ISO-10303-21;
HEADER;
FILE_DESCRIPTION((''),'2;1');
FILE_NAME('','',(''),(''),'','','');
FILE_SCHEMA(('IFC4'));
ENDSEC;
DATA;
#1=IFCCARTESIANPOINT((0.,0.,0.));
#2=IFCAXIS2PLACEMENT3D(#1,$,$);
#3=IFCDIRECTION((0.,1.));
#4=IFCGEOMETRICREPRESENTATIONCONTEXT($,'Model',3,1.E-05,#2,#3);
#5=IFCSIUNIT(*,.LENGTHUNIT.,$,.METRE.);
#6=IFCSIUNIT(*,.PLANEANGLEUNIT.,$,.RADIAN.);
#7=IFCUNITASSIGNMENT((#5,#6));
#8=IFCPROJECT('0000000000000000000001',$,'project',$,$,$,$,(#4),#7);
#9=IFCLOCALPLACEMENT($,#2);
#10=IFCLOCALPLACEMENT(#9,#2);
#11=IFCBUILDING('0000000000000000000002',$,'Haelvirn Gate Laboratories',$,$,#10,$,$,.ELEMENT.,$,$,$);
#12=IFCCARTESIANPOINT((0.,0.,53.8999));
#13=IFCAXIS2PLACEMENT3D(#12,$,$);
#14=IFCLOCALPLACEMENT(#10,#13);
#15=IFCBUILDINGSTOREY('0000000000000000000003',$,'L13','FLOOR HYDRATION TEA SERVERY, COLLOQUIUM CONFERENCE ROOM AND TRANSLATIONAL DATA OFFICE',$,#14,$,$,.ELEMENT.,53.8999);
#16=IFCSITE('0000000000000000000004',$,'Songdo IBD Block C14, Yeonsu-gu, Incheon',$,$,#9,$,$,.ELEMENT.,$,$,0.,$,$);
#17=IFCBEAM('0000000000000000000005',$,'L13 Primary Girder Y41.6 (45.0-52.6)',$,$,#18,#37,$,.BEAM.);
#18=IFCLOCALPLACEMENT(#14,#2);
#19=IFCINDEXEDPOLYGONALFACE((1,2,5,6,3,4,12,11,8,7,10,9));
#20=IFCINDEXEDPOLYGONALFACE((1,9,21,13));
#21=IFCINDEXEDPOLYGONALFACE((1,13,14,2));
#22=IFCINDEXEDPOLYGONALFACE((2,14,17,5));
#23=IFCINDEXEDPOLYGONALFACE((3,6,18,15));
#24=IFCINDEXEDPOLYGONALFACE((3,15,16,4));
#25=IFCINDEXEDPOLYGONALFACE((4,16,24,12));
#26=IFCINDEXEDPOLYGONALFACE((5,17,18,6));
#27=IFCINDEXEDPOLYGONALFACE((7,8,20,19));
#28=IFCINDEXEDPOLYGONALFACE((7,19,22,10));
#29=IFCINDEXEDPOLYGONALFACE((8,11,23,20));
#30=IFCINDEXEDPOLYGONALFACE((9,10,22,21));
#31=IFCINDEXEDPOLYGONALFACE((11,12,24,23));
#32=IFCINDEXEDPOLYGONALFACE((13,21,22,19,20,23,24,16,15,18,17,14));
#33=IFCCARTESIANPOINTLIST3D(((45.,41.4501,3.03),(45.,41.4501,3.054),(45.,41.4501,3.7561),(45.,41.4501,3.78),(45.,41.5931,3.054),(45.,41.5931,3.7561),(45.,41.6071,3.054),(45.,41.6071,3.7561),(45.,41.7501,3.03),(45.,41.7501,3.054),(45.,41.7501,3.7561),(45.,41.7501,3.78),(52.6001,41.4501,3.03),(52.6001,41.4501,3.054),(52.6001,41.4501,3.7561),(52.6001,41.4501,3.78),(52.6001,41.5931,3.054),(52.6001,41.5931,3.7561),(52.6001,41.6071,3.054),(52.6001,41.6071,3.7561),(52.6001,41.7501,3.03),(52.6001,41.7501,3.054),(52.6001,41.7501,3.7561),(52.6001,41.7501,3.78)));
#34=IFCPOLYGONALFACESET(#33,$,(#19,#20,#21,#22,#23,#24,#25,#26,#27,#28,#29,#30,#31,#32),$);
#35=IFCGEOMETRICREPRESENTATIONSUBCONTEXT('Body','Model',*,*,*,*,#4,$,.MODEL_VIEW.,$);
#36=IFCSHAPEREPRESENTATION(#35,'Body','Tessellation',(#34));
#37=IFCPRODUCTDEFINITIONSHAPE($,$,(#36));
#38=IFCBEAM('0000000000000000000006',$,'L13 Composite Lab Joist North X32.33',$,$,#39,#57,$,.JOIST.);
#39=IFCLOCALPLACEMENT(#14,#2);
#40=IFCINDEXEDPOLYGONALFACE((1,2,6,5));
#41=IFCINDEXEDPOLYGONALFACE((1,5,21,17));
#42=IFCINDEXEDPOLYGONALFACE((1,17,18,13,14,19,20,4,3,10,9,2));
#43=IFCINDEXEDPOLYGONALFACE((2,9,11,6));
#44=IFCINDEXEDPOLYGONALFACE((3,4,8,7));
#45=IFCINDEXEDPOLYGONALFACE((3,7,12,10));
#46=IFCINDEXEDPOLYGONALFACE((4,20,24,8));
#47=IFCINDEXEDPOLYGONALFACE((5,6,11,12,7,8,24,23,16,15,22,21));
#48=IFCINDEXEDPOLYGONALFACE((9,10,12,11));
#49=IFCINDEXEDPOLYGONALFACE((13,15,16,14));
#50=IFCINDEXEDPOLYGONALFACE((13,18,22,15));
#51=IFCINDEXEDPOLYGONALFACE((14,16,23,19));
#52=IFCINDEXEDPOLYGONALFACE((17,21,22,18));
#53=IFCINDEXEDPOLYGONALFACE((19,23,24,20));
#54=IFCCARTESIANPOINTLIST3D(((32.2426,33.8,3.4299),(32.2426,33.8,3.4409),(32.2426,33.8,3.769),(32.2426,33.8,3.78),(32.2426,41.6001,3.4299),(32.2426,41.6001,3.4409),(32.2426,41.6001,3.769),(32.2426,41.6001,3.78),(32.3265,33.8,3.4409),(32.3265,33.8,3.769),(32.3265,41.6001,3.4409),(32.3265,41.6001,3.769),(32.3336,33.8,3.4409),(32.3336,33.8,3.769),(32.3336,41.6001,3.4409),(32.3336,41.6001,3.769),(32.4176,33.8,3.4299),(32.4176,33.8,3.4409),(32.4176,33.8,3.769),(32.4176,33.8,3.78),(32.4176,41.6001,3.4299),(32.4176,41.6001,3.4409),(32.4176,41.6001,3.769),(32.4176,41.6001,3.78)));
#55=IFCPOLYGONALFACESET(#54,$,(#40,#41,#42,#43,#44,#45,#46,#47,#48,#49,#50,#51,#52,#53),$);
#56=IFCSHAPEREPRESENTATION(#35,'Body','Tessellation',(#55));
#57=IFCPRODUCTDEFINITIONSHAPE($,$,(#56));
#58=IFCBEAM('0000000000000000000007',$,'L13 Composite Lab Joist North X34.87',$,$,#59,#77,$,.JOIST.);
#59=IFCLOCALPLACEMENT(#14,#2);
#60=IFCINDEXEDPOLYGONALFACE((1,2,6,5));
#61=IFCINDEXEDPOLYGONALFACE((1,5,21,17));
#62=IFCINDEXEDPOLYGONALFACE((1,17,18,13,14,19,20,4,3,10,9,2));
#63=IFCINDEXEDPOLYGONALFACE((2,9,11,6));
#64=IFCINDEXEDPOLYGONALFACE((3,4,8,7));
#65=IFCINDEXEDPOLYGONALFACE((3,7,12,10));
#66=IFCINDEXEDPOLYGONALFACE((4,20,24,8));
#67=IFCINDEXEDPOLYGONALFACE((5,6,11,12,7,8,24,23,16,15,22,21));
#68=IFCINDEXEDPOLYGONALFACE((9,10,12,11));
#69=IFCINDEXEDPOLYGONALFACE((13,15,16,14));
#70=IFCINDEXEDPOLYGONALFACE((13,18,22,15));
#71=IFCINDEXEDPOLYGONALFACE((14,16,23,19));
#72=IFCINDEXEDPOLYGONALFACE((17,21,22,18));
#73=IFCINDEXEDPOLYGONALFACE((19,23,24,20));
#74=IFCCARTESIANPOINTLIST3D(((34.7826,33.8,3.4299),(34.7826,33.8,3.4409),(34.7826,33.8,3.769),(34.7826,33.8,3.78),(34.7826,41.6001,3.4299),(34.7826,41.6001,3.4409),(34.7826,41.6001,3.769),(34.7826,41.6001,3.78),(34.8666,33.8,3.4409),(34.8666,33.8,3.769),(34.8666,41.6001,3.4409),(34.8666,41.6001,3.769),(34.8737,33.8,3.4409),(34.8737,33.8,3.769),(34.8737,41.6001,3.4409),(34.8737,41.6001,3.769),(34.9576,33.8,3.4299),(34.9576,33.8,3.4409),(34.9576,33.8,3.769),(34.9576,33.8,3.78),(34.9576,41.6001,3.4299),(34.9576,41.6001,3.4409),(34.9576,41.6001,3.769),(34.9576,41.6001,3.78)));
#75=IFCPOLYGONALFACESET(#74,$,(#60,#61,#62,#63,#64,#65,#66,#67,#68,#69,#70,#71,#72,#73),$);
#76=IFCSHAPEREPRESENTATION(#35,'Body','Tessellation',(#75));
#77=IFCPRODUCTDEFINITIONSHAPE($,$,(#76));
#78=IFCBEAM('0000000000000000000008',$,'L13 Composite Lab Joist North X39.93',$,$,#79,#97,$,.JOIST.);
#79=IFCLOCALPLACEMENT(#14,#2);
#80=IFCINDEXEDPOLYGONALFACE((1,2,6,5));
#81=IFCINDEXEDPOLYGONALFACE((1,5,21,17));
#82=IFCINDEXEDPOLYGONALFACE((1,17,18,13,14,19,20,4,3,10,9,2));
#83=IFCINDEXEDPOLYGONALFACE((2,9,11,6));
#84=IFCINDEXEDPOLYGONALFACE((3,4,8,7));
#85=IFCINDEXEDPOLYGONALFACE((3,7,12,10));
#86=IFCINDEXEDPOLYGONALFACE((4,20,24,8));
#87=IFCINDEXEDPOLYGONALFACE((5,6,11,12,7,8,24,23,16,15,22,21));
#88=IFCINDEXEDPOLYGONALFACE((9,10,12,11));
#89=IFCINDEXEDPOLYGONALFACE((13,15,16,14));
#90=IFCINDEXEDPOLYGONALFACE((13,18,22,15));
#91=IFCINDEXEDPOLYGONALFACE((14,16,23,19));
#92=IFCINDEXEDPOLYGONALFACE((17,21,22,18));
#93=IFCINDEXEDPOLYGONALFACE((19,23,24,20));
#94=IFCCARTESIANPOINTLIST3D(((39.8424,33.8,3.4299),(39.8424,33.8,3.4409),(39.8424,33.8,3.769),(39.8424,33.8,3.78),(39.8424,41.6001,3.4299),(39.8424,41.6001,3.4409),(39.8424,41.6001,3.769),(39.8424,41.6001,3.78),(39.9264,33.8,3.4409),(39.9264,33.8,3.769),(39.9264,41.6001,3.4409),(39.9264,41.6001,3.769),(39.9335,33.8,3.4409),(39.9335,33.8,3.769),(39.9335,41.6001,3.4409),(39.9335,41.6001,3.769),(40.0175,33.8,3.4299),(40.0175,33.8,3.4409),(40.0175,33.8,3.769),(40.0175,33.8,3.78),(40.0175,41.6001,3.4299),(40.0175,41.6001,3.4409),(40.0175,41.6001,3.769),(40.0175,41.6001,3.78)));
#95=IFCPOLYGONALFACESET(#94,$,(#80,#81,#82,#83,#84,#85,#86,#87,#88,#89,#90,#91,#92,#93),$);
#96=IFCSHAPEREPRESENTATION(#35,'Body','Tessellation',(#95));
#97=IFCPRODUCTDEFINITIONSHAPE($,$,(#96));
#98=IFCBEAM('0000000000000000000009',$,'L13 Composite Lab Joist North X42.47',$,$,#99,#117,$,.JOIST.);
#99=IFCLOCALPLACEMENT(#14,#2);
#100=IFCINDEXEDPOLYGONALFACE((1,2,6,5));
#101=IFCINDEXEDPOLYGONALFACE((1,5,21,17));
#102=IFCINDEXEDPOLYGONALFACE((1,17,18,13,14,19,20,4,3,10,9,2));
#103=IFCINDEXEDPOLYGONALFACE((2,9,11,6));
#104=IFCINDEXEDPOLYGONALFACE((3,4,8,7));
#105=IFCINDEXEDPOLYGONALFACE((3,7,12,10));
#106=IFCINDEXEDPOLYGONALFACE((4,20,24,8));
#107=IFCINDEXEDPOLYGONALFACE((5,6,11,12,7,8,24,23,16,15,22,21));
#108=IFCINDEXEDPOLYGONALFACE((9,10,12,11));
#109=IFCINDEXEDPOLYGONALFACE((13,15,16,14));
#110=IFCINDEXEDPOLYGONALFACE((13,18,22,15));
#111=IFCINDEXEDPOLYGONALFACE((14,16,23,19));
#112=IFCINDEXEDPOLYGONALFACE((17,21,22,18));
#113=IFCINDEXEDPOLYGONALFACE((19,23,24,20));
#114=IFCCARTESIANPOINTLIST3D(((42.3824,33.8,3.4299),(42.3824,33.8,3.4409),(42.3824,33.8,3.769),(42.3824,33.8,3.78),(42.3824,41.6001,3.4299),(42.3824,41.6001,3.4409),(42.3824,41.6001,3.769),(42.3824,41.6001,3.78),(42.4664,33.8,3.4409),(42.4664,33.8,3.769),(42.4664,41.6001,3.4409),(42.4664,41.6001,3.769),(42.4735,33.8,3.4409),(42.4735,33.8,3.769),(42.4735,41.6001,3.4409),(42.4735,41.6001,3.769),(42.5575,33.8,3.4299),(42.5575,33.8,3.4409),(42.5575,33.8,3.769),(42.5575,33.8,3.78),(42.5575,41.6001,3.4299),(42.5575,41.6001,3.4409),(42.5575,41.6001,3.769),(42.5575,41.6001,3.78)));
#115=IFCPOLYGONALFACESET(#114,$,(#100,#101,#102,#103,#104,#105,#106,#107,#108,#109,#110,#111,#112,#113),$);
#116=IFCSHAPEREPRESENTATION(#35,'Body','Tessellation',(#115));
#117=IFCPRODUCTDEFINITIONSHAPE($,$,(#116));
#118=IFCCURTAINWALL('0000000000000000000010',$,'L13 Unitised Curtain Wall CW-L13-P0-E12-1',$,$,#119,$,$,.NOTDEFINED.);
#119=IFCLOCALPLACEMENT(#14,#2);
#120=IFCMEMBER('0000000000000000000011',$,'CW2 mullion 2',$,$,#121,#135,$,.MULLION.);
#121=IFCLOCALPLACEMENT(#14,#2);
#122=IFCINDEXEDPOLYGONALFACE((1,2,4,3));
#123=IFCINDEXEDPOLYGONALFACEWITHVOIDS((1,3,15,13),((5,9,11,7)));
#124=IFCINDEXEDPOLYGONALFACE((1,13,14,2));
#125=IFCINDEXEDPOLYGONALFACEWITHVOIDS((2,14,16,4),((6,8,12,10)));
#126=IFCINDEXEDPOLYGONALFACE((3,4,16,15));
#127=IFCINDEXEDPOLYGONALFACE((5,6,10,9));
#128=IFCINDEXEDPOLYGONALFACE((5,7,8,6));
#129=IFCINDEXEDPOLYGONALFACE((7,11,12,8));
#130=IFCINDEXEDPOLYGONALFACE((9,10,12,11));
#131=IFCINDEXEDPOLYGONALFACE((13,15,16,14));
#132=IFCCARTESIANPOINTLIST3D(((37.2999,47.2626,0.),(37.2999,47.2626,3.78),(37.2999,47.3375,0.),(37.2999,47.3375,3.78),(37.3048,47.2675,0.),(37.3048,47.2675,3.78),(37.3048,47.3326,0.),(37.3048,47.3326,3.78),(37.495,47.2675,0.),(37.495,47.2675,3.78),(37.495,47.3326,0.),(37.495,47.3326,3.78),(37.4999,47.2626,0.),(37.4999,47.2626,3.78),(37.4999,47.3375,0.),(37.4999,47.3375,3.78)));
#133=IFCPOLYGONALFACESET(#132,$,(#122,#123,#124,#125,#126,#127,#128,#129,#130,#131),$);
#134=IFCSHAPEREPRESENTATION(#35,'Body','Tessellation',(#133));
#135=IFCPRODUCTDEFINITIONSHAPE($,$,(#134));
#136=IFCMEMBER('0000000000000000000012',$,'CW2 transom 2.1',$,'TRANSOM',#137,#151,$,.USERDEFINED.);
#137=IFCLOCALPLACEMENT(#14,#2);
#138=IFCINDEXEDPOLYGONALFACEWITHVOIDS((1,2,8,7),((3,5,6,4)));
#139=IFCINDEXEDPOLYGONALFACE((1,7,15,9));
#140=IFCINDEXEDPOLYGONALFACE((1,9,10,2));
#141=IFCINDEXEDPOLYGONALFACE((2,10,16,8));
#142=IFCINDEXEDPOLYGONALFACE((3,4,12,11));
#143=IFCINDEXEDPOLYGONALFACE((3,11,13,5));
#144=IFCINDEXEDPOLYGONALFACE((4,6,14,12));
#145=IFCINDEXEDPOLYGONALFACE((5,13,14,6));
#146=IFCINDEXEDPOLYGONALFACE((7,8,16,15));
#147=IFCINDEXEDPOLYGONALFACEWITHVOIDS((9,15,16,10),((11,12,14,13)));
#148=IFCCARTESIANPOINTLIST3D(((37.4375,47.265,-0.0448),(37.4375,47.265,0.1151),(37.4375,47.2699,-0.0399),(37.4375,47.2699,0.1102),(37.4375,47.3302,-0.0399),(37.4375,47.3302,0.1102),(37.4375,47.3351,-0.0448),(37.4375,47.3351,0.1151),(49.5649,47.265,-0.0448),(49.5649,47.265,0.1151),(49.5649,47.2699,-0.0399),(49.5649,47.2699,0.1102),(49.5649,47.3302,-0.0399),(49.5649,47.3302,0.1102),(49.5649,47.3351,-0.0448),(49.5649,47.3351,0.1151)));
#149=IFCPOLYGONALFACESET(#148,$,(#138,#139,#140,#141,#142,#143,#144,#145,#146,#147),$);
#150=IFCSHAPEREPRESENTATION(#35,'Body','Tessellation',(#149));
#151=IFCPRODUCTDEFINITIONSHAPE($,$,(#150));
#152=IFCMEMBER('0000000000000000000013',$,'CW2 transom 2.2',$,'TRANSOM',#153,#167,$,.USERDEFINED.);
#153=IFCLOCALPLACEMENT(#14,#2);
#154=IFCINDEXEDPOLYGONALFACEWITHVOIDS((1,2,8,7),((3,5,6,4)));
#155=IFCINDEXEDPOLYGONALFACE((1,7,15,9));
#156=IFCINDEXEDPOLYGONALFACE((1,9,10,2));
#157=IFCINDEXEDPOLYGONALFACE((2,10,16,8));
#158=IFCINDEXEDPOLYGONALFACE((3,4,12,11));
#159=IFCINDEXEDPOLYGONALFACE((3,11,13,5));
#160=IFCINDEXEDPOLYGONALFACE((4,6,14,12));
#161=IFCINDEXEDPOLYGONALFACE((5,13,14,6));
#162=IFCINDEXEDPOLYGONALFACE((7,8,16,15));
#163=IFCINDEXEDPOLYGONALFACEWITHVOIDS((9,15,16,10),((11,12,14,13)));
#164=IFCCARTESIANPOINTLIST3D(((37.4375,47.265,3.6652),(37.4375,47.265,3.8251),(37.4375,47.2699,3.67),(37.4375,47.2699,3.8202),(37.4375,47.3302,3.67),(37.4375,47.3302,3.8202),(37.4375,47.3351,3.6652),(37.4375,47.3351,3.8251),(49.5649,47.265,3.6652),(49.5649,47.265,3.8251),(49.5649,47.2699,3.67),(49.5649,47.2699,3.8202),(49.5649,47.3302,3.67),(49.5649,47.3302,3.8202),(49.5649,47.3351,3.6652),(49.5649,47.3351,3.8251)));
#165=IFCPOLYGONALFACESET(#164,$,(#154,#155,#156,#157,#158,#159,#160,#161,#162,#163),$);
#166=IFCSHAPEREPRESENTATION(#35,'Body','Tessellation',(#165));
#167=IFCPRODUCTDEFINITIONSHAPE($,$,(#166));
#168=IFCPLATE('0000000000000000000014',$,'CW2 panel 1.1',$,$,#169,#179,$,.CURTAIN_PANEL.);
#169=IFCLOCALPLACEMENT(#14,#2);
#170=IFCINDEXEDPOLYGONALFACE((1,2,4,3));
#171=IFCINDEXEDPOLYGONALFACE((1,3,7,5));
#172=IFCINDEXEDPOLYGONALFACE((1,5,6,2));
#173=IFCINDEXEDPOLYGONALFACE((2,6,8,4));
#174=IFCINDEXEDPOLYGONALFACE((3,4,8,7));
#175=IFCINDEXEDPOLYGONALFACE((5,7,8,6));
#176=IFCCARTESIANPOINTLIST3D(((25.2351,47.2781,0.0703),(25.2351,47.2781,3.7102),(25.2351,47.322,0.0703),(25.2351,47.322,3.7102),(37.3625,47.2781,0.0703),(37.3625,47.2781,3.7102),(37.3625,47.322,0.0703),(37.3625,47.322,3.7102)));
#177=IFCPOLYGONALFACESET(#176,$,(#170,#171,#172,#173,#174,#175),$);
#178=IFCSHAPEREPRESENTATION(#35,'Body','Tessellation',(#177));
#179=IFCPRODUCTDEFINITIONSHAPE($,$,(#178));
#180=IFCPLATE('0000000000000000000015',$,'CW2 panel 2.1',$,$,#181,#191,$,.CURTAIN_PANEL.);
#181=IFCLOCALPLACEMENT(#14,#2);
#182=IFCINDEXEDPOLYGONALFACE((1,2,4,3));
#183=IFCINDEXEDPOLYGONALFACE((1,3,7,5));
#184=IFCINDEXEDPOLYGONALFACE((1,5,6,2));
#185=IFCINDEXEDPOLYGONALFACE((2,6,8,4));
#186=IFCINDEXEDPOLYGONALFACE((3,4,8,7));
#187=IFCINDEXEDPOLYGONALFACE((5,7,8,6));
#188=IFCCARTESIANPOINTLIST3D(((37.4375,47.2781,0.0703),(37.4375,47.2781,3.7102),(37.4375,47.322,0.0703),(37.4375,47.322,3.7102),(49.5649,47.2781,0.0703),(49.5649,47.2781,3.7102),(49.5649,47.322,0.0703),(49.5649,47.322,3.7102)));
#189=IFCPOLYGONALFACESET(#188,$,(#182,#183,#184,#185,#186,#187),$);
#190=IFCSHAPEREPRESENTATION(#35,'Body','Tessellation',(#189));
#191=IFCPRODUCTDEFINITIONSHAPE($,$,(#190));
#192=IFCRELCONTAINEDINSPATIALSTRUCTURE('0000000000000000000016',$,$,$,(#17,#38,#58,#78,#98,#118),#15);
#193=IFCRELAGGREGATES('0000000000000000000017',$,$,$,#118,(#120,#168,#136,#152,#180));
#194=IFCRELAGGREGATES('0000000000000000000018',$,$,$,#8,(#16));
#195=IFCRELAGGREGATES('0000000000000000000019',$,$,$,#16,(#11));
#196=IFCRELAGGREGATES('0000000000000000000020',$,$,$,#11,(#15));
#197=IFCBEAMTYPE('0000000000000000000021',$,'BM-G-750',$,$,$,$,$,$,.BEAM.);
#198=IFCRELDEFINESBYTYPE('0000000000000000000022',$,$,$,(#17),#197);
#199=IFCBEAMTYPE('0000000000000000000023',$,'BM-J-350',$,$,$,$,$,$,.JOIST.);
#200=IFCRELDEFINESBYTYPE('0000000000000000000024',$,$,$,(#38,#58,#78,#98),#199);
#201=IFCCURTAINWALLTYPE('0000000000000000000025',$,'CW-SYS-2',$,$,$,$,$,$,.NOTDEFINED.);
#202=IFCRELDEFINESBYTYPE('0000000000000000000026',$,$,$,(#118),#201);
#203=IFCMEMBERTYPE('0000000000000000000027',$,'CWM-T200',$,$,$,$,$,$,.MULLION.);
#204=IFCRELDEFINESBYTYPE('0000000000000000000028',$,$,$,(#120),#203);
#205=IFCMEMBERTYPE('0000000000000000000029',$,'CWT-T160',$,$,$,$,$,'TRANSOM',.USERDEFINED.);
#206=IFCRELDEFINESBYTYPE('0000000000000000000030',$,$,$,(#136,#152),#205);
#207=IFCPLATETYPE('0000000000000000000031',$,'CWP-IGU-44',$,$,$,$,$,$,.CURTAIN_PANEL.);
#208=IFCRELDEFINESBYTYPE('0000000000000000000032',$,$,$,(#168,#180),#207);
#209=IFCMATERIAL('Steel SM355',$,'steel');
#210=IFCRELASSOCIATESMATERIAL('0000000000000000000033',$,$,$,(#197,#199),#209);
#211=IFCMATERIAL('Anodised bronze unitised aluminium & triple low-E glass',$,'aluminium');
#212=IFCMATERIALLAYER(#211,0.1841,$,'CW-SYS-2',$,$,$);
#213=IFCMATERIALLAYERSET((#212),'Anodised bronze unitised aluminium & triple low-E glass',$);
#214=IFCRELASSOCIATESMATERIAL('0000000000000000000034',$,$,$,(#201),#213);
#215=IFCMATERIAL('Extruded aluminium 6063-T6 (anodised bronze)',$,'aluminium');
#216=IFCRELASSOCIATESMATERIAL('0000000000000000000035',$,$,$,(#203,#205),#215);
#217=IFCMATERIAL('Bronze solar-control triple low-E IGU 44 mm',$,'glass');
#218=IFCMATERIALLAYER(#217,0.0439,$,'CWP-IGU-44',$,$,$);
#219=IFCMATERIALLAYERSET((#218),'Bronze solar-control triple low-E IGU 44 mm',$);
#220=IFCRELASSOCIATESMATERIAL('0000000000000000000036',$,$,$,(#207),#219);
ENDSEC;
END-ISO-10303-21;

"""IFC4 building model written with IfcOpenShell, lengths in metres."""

from ifc_helpers import new_model, si_unit, direction, frame, origin, origin_2d, place, context, subcontext, project, spatial, rectangle, hollow_rectangle, i_section, extrude, source, transform, mapped, material, layer, layer_set, material_profile, profile_set, type_object, type_shapes, element, aggregate, save


model = new_model("IFC4")

# Units and contexts
model_context = context("Model", 3, precision=1e-05, world=origin(), true_north=direction((0.0, 1.0)))
body_context = subcontext(model_context, "Body", "Model", "MODEL_VIEW")
ifc_project = project(units=[si_unit("LENGTHUNIT", "METRE"), si_unit("PLANEANGLEUNIT", "RADIAN")], contexts=[model_context])

# Site, building, storey
site_placement = place(None, origin())
site = spatial("IfcSite", under=ifc_project, at=site_placement, Name="Songdo IBD Block C14, Yeonsu-gu, Incheon", CompositionType="ELEMENT", RefElevation=0.0)
building_placement = place(site_placement, origin())
building = spatial("IfcBuilding", under=site, at=building_placement, Name="Haelvirn Gate Laboratories", CompositionType="ELEMENT")
storey_placement = place(building_placement, frame((0.0, 0.0, 53.8999)))
storey = spatial("IfcBuildingStorey", under=building, at=storey_placement, Name="L13", Description="FLOOR HYDRATION TEA SERVERY, COLLOQUIUM CONFERENCE ROOM AND TRANSLATIONAL DATA OFFICE", CompositionType="ELEMENT", Elevation=53.8999)

# Beams
ifc_material_1 = material(Name="Steel SM355", Category="steel")
ifc_material_profile_1 = material_profile(ifc_material_1, i_section(OverallWidth=0.3, OverallDepth=0.75, WebThickness=0.0139, FlangeThickness=0.0239, at=origin_2d()), Name="H-750x300x14x24")
ifc_profile_set_1 = profile_set([ifc_material_profile_1], Name="Steel SM355")
beam_type_1 = type_object("IfcBeamType", Name="BM-G-750", PredefinedType="BEAM", material=ifc_profile_set_1)
shared_shape_1 = source(origin(), body_context, "Body", "SweptSolid", [
    extrude(i_section(OverallWidth=0.3, OverallDepth=0.75, WebThickness=0.0139, FlangeThickness=0.0239, at=origin_2d()), origin(), (0.0, 0.0, 1.0), 7.6001),
])
type_shapes(beam_type_1, [shared_shape_1])
for number, where, z_axis, x_axis, name in (
    (1, (45.0, 41.6001, 3.405), (1.0, 0.0, 0.0), (0.0, 1.0, 0.0), "L13 Primary Girder Y41.6 (45.0-52.6)"),
):
    element("IfcBeam", number, at=place(storey_placement, frame(where, z_axis=z_axis, x_axis=x_axis)), inside=storey, type_object=beam_type_1, Name=name, PredefinedType="BEAM", context=body_context, shape_type="MappedRepresentation", body=[
        mapped(shared_shape_1, transform((0.0, 0.0, 0.0), scale=1.0)),
    ])
ifc_material_profile_2 = material_profile(ifc_material_1, i_section(OverallWidth=0.175, OverallDepth=0.3501, WebThickness=0.0071, FlangeThickness=0.011, at=origin_2d()), Name="H-350x175x7x11")
ifc_profile_set_2 = profile_set([ifc_material_profile_2], Name="Steel SM355")
beam_type_2 = type_object("IfcBeamType", Name="BM-J-350", PredefinedType="JOIST", material=ifc_profile_set_2)
shared_shape_2 = source(origin(), body_context, "Body", "SweptSolid", [
    extrude(i_section(OverallWidth=0.175, OverallDepth=0.3501, WebThickness=0.0071, FlangeThickness=0.011, at=origin_2d()), origin(), (0.0, 0.0, 1.0), 7.8),
])
type_shapes(beam_type_2, [shared_shape_2])
for number, where, z_axis, x_axis, name in (
    (2, (32.3301, 33.8, 3.605), (0.0, 1.0, 0.0), (-1.0, 0.0, 0.0), "L13 Composite Lab Joist North X32.33"),
    (3, (34.8701, 33.8, 3.605), (0.0, 1.0, 0.0), (-1.0, 0.0, 0.0), "L13 Composite Lab Joist North X34.87"),
    (4, (39.9299, 33.8, 3.605), (0.0, 1.0, 0.0), (-1.0, 0.0, 0.0), "L13 Composite Lab Joist North X39.93"),
    (5, (42.47, 33.8, 3.605), (0.0, 1.0, 0.0), (-1.0, 0.0, 0.0), "L13 Composite Lab Joist North X42.47"),
):
    element("IfcBeam", number, at=place(storey_placement, frame(where, z_axis=z_axis, x_axis=x_axis)), inside=storey, type_object=beam_type_2, Name=name, PredefinedType="JOIST", context=body_context, shape_type="MappedRepresentation", body=[
        mapped(shared_shape_2, transform((0.0, 0.0, 0.0), scale=1.0)),
    ])

# Curtain wall, members, plates
ifc_material_2 = material(Name="Anodised bronze unitised aluminium & triple low-E glass", Category="aluminium")
ifc_layer_1 = layer(ifc_material_2, 0.1841, Name="CW-SYS-2")
ifc_layer_set_1 = layer_set([ifc_layer_1], Name="Anodised bronze unitised aluminium & triple low-E glass")
curtain_wall_type = type_object("IfcCurtainWallType", Name="CW-SYS-2", PredefinedType="NOTDEFINED", material=ifc_layer_set_1)
curtain_wall_placement = place(storey_placement, origin())
curtain_wall = element("IfcCurtainWall", 6, at=curtain_wall_placement, inside=storey, type_object=curtain_wall_type, Name="L13 Unitised Curtain Wall CW-L13-P0-E12-1", PredefinedType="NOTDEFINED")
ifc_material_3 = material(Name="Extruded aluminium 6063-T6 (anodised bronze)", Category="aluminium")
ifc_material_profile_3 = material_profile(ifc_material_3, hollow_rectangle(XDim=0.075, YDim=0.2, WallThickness=0.0049, at=origin_2d()), Name="CWM-200x75x5")
ifc_profile_set_3 = profile_set([ifc_material_profile_3], Name="Extruded aluminium 6063-T6 (anodised bronze)")
member_type_1 = type_object("IfcMemberType", Name="CWM-T200", PredefinedType="MULLION", material=ifc_profile_set_3)
shared_shape_3 = source(origin(), body_context, "Body", "SweptSolid", [
    extrude(hollow_rectangle(XDim=0.075, YDim=0.2, WallThickness=0.0049, at=origin_2d()), origin(), (0.0, 0.0, 1.0), 3.78),
])
type_shapes(member_type_1, [shared_shape_3])
member_1_placement = place(storey_placement, frame((37.3999, 47.3, 0.0), z_axis=(0.0, 0.0, 1.0), x_axis=(0.0, 1.0, 0.0)))
member_1 = element("IfcMember", 7, at=member_1_placement, type_object=member_type_1, Name="CW2 mullion 2", PredefinedType="MULLION", context=body_context, shape_type="MappedRepresentation", body=[
    mapped(shared_shape_3, transform((0.0, 0.0, 0.0), scale=1.0)),
])
ifc_material_profile_4 = material_profile(ifc_material_3, hollow_rectangle(XDim=0.0701, YDim=0.1599, WallThickness=0.0049, at=origin_2d()), Name="CWT-160x70x5")
ifc_profile_set_4 = profile_set([ifc_material_profile_4], Name="Extruded aluminium 6063-T6 (anodised bronze)")
member_type_2 = type_object("IfcMemberType", Name="CWT-T160", ElementType="TRANSOM", PredefinedType="USERDEFINED", material=ifc_profile_set_4)
shared_shape_4 = source(origin(), body_context, "Body", "SweptSolid", [
    extrude(hollow_rectangle(XDim=0.0701, YDim=0.1599, WallThickness=0.0049, at=origin_2d()), origin(), (0.0, 0.0, 1.0), 12.1274),
])
type_shapes(member_type_2, [shared_shape_4])
member_2_placement = place(storey_placement, frame((37.4375, 47.3, 0.0352), z_axis=(1.0, 0.0, 0.0), x_axis=(0.0, 1.0, 0.0)))
member_2 = element("IfcMember", 8, at=member_2_placement, type_object=member_type_2, Name="CW2 transom 2.1", ObjectType="TRANSOM", PredefinedType="USERDEFINED", context=body_context, shape_type="MappedRepresentation", body=[
    mapped(shared_shape_4, transform((0.0, 0.0, 0.0), scale=1.0)),
])
member_3_placement = place(storey_placement, frame((37.4375, 47.3, 3.7451), z_axis=(1.0, 0.0, 0.0), x_axis=(0.0, 1.0, 0.0)))
member_3 = element("IfcMember", 9, at=member_3_placement, type_object=member_type_2, Name="CW2 transom 2.2", ObjectType="TRANSOM", PredefinedType="USERDEFINED", context=body_context, shape_type="MappedRepresentation", body=[
    mapped(shared_shape_4, transform((0.0, 0.0, 0.0), scale=1.0)),
])
ifc_material_4 = material(Name="Bronze solar-control triple low-E IGU 44 mm", Category="glass")
ifc_layer_2 = layer(ifc_material_4, 0.0439, Name="CWP-IGU-44")
ifc_layer_set_2 = layer_set([ifc_layer_2], Name="Bronze solar-control triple low-E IGU 44 mm")
plate_type = type_object("IfcPlateType", Name="CWP-IGU-44", PredefinedType="CURTAIN_PANEL", material=ifc_layer_set_2)
shared_shape_5 = source(origin(), body_context, "Body", "SweptSolid", [
    extrude(rectangle(XDim=12.1274, YDim=0.0439, at=origin_2d()), origin(), (0.0, 0.0, 1.0), 3.6399),
])
type_shapes(plate_type, [shared_shape_5])
plate_1_placement = place(storey_placement, frame((31.2988, 47.3, 0.0703), z_axis=(0.0, 0.0, 1.0), x_axis=(1.0, 0.0, 0.0)))
plate_1 = element("IfcPlate", 10, at=plate_1_placement, type_object=plate_type, Name="CW2 panel 1.1", PredefinedType="CURTAIN_PANEL", context=body_context, shape_type="MappedRepresentation", body=[
    mapped(shared_shape_5, transform((0.0, 0.0, 0.0), scale=1.0)),
])
plate_2_placement = place(storey_placement, frame((43.5012, 47.3, 0.0703), z_axis=(0.0, 0.0, 1.0), x_axis=(1.0, 0.0, 0.0)))
plate_2 = element("IfcPlate", 11, at=plate_2_placement, type_object=plate_type, Name="CW2 panel 2.1", PredefinedType="CURTAIN_PANEL", context=body_context, shape_type="MappedRepresentation", body=[
    mapped(shared_shape_5, transform((0.0, 0.0, 0.0), scale=1.0)),
])
aggregate(curtain_wall, [member_1, plate_1, member_2, member_3, plate_2])

save(model, "model.ifc")
